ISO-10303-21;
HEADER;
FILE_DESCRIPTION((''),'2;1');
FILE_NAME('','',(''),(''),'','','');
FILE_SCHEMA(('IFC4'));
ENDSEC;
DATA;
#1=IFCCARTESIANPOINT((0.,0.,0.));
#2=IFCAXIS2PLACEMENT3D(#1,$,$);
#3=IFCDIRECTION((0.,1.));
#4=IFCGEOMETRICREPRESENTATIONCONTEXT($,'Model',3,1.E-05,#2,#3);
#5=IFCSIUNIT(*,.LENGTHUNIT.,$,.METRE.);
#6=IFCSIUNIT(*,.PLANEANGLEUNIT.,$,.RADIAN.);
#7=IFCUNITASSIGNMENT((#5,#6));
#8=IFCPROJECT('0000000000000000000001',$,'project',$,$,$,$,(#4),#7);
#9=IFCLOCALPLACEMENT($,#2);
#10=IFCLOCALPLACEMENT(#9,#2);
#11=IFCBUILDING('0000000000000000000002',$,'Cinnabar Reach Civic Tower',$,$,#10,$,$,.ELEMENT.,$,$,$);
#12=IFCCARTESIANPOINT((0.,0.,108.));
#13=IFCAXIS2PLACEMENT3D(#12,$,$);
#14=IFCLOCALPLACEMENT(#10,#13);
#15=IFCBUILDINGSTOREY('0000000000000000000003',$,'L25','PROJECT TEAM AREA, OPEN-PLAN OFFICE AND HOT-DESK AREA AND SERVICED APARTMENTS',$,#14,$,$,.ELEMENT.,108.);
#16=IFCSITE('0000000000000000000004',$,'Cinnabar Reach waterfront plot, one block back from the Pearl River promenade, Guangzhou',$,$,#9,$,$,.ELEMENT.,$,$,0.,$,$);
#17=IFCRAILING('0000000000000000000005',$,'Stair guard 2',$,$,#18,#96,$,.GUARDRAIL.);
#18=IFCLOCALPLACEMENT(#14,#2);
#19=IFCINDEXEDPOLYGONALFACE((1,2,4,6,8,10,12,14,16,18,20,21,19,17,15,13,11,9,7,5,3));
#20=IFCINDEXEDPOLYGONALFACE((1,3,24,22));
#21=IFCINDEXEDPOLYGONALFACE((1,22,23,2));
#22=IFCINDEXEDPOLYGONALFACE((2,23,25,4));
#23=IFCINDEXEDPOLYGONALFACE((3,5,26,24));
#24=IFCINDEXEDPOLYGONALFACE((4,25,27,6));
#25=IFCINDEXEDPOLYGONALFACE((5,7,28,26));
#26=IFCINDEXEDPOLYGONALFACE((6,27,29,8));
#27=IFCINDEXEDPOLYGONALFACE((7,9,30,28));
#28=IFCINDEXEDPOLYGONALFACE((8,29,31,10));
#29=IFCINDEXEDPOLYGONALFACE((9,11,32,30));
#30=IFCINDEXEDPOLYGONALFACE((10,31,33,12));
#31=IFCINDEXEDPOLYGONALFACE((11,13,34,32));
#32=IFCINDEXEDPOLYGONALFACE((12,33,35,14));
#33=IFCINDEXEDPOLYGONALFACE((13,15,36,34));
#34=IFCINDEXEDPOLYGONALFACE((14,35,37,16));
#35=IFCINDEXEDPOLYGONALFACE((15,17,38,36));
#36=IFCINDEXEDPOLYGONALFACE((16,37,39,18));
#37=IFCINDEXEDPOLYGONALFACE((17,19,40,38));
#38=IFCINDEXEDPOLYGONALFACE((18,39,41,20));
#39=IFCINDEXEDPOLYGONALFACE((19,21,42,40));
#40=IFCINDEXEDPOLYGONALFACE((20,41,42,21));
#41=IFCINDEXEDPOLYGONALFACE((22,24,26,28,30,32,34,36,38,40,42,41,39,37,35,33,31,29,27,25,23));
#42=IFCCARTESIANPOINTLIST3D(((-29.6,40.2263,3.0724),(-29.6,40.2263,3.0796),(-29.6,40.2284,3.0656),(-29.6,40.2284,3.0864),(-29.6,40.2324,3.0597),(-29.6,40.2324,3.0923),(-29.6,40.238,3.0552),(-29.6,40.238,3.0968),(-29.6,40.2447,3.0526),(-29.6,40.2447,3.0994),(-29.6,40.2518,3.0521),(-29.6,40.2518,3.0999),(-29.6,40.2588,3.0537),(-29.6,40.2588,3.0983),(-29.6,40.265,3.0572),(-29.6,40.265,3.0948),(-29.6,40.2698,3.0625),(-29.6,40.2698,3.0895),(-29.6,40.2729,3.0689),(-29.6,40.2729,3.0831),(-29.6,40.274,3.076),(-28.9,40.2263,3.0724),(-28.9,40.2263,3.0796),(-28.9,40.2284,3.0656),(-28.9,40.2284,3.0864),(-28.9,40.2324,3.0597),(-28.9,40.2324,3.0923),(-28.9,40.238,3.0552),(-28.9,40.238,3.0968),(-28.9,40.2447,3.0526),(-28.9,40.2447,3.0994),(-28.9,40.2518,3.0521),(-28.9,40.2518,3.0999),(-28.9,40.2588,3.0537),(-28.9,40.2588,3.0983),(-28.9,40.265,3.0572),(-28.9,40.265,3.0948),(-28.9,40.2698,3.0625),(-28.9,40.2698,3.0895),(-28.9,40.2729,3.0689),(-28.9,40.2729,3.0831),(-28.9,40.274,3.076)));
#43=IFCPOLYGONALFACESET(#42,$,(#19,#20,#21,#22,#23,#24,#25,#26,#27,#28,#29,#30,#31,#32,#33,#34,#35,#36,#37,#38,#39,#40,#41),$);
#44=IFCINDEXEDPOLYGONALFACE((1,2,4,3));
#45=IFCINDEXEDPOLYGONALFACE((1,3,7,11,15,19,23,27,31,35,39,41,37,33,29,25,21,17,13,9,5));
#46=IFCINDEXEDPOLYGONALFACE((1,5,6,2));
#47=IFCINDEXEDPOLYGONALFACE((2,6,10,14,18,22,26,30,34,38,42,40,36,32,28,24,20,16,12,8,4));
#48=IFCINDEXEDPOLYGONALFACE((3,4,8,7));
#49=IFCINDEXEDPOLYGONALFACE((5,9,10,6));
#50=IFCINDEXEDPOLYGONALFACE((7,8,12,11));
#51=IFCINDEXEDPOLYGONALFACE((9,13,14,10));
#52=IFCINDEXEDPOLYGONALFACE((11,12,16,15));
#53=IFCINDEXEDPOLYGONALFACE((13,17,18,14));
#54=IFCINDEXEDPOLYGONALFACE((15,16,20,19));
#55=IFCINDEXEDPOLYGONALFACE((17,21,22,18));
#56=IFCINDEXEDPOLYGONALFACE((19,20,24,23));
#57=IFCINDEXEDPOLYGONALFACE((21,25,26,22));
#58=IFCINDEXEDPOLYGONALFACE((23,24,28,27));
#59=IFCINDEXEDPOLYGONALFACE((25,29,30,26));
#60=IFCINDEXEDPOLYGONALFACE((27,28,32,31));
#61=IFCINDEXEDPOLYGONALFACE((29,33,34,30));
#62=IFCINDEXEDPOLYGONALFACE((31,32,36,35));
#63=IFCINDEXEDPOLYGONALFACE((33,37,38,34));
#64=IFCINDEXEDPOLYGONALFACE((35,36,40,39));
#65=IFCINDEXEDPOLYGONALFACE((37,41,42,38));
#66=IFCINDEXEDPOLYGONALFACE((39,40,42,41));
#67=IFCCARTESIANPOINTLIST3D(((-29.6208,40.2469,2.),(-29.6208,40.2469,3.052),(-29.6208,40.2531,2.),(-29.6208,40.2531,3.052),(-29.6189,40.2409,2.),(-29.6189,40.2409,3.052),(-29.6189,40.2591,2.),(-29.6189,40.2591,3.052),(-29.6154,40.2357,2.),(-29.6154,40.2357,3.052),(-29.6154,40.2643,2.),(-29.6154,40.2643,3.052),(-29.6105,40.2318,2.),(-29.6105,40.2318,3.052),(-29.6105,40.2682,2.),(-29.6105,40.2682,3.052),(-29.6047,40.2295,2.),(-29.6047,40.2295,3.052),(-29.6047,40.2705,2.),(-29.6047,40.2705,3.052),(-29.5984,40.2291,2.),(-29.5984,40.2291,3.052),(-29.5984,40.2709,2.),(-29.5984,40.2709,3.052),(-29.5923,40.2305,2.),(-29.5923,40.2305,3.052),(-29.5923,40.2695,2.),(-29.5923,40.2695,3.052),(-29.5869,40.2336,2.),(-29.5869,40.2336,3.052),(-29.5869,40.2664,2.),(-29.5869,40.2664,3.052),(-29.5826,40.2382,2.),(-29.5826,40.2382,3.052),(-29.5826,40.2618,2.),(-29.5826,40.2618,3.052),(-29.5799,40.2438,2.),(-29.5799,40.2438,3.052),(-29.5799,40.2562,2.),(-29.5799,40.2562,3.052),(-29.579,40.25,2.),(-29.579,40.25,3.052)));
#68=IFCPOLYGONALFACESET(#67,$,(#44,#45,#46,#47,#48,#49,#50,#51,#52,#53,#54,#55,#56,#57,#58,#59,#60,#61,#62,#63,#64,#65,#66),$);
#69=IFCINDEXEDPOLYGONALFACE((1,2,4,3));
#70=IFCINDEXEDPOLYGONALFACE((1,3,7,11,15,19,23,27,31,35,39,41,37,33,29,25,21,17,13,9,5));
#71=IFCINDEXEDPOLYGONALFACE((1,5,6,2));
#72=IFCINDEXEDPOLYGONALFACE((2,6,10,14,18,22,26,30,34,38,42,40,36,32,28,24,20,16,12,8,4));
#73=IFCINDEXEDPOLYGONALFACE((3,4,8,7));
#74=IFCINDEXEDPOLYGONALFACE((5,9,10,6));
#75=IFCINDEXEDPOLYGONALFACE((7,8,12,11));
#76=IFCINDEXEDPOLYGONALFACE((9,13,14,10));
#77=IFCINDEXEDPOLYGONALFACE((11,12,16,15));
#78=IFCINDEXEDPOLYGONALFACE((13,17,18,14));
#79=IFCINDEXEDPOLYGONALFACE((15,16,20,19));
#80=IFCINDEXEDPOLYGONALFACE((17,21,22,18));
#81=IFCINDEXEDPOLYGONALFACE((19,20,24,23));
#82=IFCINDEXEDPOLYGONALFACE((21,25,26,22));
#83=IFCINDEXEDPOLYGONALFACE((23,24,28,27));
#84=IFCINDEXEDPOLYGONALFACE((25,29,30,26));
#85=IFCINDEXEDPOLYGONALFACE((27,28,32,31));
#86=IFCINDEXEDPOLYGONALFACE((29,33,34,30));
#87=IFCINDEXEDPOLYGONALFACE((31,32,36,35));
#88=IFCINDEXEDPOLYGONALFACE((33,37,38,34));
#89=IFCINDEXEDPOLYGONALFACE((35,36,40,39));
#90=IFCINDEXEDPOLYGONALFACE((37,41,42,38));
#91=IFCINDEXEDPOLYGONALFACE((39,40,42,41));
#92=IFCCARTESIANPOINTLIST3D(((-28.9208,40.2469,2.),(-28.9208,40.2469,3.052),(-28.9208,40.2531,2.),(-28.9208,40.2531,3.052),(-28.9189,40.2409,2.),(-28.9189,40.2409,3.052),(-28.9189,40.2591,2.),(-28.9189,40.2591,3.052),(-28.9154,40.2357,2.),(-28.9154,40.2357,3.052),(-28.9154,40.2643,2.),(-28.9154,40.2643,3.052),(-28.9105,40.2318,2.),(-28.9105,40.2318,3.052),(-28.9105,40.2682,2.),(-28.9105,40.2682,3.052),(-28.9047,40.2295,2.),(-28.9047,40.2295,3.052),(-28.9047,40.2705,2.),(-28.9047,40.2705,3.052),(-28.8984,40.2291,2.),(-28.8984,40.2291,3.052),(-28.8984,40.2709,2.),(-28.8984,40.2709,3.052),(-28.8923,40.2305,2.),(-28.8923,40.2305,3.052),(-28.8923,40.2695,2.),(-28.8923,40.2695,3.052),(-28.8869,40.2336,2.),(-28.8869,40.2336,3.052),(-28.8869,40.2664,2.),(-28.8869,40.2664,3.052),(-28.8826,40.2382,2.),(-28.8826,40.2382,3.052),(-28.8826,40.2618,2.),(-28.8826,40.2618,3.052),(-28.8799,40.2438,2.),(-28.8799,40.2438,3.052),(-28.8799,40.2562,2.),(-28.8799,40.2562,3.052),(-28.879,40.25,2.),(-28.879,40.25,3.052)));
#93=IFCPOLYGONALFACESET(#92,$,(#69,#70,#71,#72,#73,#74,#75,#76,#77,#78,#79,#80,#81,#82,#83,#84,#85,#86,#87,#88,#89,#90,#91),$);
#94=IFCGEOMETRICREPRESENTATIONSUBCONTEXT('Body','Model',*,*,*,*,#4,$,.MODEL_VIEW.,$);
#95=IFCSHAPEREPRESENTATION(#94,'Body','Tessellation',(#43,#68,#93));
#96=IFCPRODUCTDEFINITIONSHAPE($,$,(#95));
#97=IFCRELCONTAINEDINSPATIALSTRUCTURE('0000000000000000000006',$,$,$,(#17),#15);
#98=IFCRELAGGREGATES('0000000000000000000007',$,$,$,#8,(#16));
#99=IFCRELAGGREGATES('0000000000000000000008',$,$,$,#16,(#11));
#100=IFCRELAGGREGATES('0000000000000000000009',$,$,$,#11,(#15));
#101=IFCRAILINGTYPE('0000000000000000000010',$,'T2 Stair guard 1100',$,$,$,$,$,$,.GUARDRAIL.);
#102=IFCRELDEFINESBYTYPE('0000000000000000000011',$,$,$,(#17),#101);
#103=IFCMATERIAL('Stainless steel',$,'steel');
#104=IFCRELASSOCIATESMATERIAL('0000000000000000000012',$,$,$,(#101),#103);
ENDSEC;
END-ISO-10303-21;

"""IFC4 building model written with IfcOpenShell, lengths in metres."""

from ifc_helpers import new_model, si_unit, direction, frame, origin, origin_2d, place, context, subcontext, project, spatial, circle, extrude, material, type_object, element, save


model = new_model("IFC4")

# Units and contexts
model_context = context("Model", 3, precision=1e-05, world=origin(), true_north=direction((0.0, 1.0)))
body_context = subcontext(model_context, "Body", "Model", "MODEL_VIEW")
ifc_project = project(units=[si_unit("LENGTHUNIT", "METRE"), si_unit("PLANEANGLEUNIT", "RADIAN")], contexts=[model_context])

# Site, building, storey
site_placement = place(None, origin())
site = spatial("IfcSite", under=ifc_project, at=site_placement, Name="Cinnabar Reach waterfront plot, one block back from the Pearl River promenade, Guangzhou", CompositionType="ELEMENT", RefElevation=0.0)
building_placement = place(site_placement, origin())
building = spatial("IfcBuilding", under=site, at=building_placement, Name="Cinnabar Reach Civic Tower", CompositionType="ELEMENT")
storey_placement = place(building_placement, frame((0.0, 0.0, 108.0)))
storey = spatial("IfcBuildingStorey", under=building, at=storey_placement, Name="L25", Description="PROJECT TEAM AREA, OPEN-PLAN OFFICE AND HOT-DESK AREA AND SERVICED APARTMENTS", CompositionType="ELEMENT", Elevation=108.0)

# Railing
ifc_material_1 = material(Name="Stainless steel", Category="steel")
railing_type = type_object("IfcRailingType", Name="T2 Stair guard 1100", PredefinedType="GUARDRAIL", material=ifc_material_1)
railing_1_placement = place(storey_placement, frame((-29.6, 40.25, 2.0)))
element("IfcRailing", 1, at=railing_1_placement, inside=storey, type_object=railing_type, Name="Stair guard 2", PredefinedType="GUARDRAIL", context=body_context, shape_type="SweptSolid", body=[
    extrude(circle(Radius=0.024, at=origin_2d()), frame((0.0, 0.0, 1.076), z_axis=(1.0, 0.0, 0.0), x_axis=(0.0, 1.0, 0.0)), (0.0, 0.0, 1.0), 0.7),
    extrude(circle(Radius=0.021, at=origin_2d()), origin(), (0.0, 0.0, 1.0), 1.052),
    extrude(circle(Radius=0.021, at=origin_2d()), frame((0.7, 0.0, 0.0)), (0.0, 0.0, 1.0), 1.052),
])

save(model, "model.ifc")
